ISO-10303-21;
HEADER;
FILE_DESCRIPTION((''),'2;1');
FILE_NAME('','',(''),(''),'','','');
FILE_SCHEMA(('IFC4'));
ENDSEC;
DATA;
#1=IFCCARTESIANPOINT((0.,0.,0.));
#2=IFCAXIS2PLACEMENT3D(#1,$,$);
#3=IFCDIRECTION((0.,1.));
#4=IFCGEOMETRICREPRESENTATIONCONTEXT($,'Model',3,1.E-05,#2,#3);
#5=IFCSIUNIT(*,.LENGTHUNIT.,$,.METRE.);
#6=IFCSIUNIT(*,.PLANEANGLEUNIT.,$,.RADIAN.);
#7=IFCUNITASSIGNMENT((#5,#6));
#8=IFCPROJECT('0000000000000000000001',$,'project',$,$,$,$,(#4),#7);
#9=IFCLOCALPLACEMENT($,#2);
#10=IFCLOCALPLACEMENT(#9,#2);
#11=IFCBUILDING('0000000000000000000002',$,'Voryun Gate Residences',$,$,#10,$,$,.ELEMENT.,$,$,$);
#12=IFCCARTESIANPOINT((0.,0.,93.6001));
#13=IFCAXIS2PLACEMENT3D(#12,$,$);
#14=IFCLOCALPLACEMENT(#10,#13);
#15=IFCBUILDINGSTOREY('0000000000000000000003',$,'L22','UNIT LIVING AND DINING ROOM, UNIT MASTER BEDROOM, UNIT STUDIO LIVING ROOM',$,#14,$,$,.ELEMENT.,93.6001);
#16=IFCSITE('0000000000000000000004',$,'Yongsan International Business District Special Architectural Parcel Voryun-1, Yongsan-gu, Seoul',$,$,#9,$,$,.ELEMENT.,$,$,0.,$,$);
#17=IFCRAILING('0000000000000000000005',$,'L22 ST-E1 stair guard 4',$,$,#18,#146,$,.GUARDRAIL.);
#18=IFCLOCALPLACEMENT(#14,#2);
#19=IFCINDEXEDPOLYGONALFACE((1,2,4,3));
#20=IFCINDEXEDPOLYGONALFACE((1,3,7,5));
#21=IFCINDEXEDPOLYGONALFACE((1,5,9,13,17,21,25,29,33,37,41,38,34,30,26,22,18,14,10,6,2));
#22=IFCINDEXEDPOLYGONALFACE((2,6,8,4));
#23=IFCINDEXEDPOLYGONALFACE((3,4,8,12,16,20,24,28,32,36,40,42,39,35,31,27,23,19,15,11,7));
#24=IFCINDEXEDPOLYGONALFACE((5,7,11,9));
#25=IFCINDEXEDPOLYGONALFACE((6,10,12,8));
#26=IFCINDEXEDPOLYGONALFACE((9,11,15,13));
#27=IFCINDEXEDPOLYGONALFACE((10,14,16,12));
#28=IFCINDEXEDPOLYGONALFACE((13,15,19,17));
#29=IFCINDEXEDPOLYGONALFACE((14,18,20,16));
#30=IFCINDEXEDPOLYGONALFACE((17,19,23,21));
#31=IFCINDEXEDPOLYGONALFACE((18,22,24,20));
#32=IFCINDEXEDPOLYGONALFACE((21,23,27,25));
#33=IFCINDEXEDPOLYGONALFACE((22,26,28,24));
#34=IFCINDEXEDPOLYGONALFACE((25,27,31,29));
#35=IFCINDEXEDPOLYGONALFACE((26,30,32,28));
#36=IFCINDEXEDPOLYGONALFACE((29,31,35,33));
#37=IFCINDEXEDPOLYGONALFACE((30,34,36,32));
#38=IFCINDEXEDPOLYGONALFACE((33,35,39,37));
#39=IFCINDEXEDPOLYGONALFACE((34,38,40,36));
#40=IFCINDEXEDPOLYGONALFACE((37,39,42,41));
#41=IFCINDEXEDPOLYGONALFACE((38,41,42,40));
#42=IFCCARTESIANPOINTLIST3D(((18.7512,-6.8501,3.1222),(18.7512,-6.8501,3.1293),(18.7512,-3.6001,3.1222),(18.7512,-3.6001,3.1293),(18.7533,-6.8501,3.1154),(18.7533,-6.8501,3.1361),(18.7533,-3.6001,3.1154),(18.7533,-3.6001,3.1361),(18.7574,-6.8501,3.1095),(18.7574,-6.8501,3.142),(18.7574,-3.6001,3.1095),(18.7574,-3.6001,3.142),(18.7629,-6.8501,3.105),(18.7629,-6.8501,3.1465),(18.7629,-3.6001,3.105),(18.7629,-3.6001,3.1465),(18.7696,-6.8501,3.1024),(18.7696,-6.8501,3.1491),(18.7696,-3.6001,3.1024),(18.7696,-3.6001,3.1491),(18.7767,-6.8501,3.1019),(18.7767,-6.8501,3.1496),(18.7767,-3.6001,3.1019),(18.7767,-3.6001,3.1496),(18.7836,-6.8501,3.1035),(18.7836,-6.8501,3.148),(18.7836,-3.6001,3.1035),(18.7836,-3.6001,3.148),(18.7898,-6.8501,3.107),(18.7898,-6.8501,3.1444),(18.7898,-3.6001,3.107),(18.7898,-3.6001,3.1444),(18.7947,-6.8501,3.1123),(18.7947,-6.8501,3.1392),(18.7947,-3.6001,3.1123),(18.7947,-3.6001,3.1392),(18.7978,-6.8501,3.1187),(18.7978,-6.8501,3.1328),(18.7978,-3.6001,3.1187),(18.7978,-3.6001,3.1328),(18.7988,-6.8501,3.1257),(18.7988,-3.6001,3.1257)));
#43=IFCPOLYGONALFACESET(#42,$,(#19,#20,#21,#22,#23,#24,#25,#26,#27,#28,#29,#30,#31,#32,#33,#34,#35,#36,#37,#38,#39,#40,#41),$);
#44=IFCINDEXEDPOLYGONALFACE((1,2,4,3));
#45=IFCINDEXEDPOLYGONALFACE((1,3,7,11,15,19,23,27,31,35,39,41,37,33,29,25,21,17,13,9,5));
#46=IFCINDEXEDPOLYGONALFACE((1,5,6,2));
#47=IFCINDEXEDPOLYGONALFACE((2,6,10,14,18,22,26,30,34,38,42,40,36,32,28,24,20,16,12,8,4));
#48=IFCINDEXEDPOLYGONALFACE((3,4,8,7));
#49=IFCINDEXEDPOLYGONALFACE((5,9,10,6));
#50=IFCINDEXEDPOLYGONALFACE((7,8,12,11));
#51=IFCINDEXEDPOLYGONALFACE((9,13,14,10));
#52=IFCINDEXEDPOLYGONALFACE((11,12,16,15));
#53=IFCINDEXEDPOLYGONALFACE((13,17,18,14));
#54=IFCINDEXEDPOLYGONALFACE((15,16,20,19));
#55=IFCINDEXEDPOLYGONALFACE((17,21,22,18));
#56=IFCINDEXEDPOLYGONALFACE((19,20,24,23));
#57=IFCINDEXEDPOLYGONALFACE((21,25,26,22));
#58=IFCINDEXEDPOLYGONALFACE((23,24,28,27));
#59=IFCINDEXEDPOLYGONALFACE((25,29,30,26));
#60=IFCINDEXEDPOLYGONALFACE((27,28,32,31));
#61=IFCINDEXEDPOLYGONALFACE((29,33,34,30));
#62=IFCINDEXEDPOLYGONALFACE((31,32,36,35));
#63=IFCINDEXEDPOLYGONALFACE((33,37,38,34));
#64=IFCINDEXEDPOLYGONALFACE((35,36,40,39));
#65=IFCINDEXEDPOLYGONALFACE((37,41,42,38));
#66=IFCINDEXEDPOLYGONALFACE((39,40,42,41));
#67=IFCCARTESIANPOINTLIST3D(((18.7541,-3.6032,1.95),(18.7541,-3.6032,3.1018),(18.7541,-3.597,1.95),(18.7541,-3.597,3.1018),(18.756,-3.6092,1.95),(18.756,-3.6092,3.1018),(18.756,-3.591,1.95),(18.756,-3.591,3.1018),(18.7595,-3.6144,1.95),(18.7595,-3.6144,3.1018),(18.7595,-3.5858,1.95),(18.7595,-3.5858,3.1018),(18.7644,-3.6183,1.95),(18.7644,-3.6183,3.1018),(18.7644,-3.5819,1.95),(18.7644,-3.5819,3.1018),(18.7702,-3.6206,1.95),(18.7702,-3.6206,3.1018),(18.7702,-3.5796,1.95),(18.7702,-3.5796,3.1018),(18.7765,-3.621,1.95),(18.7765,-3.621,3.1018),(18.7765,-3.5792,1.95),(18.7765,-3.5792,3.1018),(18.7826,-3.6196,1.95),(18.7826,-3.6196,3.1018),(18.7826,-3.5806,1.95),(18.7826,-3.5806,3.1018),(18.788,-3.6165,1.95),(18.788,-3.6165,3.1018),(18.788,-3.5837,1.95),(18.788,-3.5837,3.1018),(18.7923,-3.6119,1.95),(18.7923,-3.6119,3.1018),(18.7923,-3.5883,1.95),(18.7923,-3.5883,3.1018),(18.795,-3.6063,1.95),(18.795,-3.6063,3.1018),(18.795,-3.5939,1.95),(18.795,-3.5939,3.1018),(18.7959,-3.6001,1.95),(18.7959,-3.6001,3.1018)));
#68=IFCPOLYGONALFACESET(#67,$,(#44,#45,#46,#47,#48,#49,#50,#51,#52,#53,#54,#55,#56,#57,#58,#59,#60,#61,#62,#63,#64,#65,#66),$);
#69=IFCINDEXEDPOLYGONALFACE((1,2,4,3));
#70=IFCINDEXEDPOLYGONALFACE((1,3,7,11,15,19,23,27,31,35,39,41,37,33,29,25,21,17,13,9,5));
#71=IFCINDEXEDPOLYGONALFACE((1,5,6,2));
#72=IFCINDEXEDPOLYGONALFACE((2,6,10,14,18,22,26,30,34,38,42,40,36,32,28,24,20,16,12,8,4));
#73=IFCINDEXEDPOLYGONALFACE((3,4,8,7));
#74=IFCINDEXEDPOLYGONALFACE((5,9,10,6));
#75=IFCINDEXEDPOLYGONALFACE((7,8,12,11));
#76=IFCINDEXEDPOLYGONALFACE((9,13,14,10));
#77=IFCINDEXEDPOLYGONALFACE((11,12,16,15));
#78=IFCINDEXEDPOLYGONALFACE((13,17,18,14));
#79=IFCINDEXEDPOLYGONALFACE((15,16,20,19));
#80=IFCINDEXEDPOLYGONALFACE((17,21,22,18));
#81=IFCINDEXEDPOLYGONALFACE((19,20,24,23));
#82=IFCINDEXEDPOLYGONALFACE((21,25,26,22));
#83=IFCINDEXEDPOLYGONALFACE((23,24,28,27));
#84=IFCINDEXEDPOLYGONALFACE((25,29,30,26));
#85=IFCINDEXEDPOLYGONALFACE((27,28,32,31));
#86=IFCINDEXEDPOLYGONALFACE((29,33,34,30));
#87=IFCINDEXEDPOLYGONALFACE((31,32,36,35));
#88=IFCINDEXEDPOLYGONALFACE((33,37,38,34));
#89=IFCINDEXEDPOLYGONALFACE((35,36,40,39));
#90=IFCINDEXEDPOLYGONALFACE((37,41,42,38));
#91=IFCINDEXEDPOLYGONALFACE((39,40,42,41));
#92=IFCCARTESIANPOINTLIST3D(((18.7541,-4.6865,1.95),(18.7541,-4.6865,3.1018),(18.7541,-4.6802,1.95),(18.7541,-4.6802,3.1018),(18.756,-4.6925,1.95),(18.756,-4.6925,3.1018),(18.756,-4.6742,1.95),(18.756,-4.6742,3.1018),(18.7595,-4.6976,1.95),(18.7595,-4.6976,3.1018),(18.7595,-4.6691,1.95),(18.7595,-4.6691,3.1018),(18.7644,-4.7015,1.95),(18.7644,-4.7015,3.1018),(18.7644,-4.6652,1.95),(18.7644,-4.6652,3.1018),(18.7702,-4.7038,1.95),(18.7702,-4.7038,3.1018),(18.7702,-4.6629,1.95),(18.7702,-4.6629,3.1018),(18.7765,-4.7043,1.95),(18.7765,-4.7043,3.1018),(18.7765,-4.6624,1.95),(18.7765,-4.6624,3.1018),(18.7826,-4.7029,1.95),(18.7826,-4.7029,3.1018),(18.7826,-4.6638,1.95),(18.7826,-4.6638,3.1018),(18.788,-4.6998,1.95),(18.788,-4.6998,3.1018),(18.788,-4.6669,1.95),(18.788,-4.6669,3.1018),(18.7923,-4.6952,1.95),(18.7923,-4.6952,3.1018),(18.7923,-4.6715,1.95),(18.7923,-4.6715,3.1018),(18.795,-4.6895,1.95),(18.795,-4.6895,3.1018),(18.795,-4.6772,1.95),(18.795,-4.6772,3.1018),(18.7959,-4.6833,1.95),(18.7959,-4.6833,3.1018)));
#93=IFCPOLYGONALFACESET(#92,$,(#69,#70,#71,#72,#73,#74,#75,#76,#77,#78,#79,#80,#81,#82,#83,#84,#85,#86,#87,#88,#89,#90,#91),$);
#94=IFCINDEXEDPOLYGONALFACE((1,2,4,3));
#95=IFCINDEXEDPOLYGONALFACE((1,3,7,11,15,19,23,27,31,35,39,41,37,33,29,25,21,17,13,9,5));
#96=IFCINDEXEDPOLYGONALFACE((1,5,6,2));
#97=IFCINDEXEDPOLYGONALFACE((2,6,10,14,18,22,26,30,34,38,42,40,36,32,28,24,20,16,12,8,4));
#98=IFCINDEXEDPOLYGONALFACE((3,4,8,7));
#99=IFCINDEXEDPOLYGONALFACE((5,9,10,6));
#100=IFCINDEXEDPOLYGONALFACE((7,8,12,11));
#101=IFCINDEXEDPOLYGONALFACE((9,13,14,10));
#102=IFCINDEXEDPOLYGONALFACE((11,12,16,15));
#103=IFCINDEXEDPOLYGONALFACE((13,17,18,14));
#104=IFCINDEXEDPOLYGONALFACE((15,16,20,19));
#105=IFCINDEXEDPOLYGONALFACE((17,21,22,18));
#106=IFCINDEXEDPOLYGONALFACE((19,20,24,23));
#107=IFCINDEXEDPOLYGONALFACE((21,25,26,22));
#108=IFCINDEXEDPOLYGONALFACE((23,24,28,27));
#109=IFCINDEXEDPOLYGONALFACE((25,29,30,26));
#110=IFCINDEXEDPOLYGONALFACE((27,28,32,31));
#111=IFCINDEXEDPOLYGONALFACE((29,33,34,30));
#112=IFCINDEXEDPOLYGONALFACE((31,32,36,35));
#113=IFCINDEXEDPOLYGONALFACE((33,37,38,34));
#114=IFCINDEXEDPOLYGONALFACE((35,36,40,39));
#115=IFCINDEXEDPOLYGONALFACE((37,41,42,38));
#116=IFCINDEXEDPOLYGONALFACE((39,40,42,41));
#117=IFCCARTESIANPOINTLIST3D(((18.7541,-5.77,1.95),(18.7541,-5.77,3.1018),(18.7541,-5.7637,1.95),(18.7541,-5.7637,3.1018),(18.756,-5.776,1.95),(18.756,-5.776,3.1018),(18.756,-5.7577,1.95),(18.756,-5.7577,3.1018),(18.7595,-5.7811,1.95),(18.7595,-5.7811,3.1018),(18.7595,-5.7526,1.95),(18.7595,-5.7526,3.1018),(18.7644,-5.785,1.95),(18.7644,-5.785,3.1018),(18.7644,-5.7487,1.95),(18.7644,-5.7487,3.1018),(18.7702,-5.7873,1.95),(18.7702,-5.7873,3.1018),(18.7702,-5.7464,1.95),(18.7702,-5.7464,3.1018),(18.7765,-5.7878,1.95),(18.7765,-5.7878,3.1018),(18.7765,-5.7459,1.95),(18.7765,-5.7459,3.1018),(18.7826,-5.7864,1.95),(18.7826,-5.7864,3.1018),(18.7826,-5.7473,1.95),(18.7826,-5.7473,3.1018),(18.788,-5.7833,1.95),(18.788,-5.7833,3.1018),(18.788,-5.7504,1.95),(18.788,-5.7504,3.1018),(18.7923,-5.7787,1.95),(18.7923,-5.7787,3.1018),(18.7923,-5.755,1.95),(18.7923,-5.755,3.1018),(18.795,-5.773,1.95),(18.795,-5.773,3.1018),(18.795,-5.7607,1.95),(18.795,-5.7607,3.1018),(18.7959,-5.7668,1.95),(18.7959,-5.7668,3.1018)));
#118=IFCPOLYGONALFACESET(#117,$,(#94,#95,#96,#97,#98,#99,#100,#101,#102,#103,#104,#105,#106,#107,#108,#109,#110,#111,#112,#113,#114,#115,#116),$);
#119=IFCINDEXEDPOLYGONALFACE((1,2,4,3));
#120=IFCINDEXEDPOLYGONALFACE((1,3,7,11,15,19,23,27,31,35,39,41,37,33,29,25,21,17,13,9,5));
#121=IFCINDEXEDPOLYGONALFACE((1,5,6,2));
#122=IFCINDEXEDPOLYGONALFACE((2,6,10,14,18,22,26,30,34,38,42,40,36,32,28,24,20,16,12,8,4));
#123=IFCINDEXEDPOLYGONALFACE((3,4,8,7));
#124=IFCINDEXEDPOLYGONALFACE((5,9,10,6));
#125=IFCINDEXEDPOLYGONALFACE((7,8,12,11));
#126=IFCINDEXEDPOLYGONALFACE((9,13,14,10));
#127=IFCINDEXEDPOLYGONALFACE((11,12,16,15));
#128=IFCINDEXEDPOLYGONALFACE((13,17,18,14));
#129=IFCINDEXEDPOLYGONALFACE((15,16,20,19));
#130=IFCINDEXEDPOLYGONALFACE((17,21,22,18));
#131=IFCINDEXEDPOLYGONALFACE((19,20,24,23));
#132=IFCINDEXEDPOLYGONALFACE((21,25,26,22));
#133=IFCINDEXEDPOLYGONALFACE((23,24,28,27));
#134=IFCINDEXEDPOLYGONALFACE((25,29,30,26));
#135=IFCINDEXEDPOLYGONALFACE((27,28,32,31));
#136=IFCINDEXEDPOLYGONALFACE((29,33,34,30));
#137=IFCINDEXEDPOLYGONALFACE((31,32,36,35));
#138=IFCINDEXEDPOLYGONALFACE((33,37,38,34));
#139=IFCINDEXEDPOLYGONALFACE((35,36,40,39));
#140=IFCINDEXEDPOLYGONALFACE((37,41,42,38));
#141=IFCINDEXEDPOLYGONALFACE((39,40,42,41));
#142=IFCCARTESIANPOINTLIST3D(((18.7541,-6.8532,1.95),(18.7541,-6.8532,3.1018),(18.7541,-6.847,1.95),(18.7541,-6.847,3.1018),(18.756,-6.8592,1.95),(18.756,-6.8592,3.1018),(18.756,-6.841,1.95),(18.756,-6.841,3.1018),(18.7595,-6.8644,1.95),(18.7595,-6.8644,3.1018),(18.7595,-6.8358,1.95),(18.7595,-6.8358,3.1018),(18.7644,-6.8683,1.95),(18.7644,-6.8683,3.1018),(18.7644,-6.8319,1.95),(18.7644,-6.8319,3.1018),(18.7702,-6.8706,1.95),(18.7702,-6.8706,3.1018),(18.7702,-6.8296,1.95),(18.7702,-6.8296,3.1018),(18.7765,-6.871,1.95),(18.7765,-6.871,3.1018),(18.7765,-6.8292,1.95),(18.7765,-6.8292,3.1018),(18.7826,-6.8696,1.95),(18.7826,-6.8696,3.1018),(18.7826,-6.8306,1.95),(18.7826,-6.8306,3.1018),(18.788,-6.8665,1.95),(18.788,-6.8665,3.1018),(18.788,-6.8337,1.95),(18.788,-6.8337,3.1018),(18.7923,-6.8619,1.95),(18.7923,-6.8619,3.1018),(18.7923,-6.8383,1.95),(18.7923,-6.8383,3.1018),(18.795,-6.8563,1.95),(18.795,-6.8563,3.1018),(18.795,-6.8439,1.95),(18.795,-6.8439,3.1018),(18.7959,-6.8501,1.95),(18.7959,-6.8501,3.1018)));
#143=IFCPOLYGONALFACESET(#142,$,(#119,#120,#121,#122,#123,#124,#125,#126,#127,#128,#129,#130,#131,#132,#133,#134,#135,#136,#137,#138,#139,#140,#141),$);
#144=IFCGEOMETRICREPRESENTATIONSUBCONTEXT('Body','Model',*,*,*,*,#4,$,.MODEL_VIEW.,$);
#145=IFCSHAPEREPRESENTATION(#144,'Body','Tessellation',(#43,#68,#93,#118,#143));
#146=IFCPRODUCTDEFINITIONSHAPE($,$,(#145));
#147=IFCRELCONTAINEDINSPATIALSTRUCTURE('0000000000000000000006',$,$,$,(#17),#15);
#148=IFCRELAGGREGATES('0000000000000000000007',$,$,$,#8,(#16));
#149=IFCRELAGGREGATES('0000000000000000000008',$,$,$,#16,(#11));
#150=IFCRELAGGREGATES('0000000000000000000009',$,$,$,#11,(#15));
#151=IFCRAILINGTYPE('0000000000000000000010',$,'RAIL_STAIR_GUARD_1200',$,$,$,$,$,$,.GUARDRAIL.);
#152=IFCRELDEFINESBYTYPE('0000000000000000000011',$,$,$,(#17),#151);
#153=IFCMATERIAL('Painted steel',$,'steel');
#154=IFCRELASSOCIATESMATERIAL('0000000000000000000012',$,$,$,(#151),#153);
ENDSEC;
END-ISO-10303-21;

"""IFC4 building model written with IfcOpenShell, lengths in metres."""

from ifc_helpers import new_model, si_unit, direction, frame, origin, origin_2d, place, context, subcontext, project, spatial, circle, extrude, material, type_object, element, save


model = new_model("IFC4")

# Units and contexts
model_context = context("Model", 3, precision=1e-05, world=origin(), true_north=direction((0.0, 1.0)))
body_context = subcontext(model_context, "Body", "Model", "MODEL_VIEW")
ifc_project = project(units=[si_unit("LENGTHUNIT", "METRE"), si_unit("PLANEANGLEUNIT", "RADIAN")], contexts=[model_context])

# Site, building, storey
site_placement = place(None, origin())
site = spatial("IfcSite", under=ifc_project, at=site_placement, Name="Yongsan International Business District Special Architectural Parcel Voryun-1, Yongsan-gu, Seoul", CompositionType="ELEMENT", RefElevation=0.0)
building_placement = place(site_placement, origin())
building = spatial("IfcBuilding", under=site, at=building_placement, Name="Voryun Gate Residences", CompositionType="ELEMENT")
storey_placement = place(building_placement, frame((0.0, 0.0, 93.6001)))
storey = spatial("IfcBuildingStorey", under=building, at=storey_placement, Name="L22", Description="UNIT LIVING AND DINING ROOM, UNIT MASTER BEDROOM, UNIT STUDIO LIVING ROOM", CompositionType="ELEMENT", Elevation=93.6001)

# Railing
ifc_material_1 = material(Name="Painted steel", Category="steel")
railing_type_1 = type_object("IfcRailingType", Name="RAIL_STAIR_GUARD_1200", PredefinedType="GUARDRAIL", material=ifc_material_1)
for number, where, name in (
    (1, (18.7749, -3.6001, 1.95), "L22 ST-E1 stair guard 4"),
):
    element("IfcRailing", number, at=place(storey_placement, frame(where)), inside=storey, type_object=railing_type_1, Name=name, PredefinedType="GUARDRAIL", context=body_context, shape_type="SweptSolid", body=[
        extrude(circle(Radius=0.0239, at=origin_2d()), frame((0.0, 0.0, 1.1758), z_axis=(0.0, -1.0, 0.0), x_axis=(1.0, 0.0, 0.0)), (0.0, 0.0, 1.0), 3.25),
        extrude(circle(Radius=0.021, at=origin_2d()), origin(), (0.0, 0.0, 1.0), 1.1519),
        extrude(circle(Radius=0.021, at=origin_2d()), frame((0.0, -1.0833, 0.0)), (0.0, 0.0, 1.0), 1.1519),
        extrude(circle(Radius=0.021, at=origin_2d()), frame((0.0, -2.1667, 0.0)), (0.0, 0.0, 1.0), 1.1519),
        extrude(circle(Radius=0.021, at=origin_2d()), frame((0.0, -3.25, 0.0)), (0.0, 0.0, 1.0), 1.1519),
    ])

save(model, "model.ifc")
